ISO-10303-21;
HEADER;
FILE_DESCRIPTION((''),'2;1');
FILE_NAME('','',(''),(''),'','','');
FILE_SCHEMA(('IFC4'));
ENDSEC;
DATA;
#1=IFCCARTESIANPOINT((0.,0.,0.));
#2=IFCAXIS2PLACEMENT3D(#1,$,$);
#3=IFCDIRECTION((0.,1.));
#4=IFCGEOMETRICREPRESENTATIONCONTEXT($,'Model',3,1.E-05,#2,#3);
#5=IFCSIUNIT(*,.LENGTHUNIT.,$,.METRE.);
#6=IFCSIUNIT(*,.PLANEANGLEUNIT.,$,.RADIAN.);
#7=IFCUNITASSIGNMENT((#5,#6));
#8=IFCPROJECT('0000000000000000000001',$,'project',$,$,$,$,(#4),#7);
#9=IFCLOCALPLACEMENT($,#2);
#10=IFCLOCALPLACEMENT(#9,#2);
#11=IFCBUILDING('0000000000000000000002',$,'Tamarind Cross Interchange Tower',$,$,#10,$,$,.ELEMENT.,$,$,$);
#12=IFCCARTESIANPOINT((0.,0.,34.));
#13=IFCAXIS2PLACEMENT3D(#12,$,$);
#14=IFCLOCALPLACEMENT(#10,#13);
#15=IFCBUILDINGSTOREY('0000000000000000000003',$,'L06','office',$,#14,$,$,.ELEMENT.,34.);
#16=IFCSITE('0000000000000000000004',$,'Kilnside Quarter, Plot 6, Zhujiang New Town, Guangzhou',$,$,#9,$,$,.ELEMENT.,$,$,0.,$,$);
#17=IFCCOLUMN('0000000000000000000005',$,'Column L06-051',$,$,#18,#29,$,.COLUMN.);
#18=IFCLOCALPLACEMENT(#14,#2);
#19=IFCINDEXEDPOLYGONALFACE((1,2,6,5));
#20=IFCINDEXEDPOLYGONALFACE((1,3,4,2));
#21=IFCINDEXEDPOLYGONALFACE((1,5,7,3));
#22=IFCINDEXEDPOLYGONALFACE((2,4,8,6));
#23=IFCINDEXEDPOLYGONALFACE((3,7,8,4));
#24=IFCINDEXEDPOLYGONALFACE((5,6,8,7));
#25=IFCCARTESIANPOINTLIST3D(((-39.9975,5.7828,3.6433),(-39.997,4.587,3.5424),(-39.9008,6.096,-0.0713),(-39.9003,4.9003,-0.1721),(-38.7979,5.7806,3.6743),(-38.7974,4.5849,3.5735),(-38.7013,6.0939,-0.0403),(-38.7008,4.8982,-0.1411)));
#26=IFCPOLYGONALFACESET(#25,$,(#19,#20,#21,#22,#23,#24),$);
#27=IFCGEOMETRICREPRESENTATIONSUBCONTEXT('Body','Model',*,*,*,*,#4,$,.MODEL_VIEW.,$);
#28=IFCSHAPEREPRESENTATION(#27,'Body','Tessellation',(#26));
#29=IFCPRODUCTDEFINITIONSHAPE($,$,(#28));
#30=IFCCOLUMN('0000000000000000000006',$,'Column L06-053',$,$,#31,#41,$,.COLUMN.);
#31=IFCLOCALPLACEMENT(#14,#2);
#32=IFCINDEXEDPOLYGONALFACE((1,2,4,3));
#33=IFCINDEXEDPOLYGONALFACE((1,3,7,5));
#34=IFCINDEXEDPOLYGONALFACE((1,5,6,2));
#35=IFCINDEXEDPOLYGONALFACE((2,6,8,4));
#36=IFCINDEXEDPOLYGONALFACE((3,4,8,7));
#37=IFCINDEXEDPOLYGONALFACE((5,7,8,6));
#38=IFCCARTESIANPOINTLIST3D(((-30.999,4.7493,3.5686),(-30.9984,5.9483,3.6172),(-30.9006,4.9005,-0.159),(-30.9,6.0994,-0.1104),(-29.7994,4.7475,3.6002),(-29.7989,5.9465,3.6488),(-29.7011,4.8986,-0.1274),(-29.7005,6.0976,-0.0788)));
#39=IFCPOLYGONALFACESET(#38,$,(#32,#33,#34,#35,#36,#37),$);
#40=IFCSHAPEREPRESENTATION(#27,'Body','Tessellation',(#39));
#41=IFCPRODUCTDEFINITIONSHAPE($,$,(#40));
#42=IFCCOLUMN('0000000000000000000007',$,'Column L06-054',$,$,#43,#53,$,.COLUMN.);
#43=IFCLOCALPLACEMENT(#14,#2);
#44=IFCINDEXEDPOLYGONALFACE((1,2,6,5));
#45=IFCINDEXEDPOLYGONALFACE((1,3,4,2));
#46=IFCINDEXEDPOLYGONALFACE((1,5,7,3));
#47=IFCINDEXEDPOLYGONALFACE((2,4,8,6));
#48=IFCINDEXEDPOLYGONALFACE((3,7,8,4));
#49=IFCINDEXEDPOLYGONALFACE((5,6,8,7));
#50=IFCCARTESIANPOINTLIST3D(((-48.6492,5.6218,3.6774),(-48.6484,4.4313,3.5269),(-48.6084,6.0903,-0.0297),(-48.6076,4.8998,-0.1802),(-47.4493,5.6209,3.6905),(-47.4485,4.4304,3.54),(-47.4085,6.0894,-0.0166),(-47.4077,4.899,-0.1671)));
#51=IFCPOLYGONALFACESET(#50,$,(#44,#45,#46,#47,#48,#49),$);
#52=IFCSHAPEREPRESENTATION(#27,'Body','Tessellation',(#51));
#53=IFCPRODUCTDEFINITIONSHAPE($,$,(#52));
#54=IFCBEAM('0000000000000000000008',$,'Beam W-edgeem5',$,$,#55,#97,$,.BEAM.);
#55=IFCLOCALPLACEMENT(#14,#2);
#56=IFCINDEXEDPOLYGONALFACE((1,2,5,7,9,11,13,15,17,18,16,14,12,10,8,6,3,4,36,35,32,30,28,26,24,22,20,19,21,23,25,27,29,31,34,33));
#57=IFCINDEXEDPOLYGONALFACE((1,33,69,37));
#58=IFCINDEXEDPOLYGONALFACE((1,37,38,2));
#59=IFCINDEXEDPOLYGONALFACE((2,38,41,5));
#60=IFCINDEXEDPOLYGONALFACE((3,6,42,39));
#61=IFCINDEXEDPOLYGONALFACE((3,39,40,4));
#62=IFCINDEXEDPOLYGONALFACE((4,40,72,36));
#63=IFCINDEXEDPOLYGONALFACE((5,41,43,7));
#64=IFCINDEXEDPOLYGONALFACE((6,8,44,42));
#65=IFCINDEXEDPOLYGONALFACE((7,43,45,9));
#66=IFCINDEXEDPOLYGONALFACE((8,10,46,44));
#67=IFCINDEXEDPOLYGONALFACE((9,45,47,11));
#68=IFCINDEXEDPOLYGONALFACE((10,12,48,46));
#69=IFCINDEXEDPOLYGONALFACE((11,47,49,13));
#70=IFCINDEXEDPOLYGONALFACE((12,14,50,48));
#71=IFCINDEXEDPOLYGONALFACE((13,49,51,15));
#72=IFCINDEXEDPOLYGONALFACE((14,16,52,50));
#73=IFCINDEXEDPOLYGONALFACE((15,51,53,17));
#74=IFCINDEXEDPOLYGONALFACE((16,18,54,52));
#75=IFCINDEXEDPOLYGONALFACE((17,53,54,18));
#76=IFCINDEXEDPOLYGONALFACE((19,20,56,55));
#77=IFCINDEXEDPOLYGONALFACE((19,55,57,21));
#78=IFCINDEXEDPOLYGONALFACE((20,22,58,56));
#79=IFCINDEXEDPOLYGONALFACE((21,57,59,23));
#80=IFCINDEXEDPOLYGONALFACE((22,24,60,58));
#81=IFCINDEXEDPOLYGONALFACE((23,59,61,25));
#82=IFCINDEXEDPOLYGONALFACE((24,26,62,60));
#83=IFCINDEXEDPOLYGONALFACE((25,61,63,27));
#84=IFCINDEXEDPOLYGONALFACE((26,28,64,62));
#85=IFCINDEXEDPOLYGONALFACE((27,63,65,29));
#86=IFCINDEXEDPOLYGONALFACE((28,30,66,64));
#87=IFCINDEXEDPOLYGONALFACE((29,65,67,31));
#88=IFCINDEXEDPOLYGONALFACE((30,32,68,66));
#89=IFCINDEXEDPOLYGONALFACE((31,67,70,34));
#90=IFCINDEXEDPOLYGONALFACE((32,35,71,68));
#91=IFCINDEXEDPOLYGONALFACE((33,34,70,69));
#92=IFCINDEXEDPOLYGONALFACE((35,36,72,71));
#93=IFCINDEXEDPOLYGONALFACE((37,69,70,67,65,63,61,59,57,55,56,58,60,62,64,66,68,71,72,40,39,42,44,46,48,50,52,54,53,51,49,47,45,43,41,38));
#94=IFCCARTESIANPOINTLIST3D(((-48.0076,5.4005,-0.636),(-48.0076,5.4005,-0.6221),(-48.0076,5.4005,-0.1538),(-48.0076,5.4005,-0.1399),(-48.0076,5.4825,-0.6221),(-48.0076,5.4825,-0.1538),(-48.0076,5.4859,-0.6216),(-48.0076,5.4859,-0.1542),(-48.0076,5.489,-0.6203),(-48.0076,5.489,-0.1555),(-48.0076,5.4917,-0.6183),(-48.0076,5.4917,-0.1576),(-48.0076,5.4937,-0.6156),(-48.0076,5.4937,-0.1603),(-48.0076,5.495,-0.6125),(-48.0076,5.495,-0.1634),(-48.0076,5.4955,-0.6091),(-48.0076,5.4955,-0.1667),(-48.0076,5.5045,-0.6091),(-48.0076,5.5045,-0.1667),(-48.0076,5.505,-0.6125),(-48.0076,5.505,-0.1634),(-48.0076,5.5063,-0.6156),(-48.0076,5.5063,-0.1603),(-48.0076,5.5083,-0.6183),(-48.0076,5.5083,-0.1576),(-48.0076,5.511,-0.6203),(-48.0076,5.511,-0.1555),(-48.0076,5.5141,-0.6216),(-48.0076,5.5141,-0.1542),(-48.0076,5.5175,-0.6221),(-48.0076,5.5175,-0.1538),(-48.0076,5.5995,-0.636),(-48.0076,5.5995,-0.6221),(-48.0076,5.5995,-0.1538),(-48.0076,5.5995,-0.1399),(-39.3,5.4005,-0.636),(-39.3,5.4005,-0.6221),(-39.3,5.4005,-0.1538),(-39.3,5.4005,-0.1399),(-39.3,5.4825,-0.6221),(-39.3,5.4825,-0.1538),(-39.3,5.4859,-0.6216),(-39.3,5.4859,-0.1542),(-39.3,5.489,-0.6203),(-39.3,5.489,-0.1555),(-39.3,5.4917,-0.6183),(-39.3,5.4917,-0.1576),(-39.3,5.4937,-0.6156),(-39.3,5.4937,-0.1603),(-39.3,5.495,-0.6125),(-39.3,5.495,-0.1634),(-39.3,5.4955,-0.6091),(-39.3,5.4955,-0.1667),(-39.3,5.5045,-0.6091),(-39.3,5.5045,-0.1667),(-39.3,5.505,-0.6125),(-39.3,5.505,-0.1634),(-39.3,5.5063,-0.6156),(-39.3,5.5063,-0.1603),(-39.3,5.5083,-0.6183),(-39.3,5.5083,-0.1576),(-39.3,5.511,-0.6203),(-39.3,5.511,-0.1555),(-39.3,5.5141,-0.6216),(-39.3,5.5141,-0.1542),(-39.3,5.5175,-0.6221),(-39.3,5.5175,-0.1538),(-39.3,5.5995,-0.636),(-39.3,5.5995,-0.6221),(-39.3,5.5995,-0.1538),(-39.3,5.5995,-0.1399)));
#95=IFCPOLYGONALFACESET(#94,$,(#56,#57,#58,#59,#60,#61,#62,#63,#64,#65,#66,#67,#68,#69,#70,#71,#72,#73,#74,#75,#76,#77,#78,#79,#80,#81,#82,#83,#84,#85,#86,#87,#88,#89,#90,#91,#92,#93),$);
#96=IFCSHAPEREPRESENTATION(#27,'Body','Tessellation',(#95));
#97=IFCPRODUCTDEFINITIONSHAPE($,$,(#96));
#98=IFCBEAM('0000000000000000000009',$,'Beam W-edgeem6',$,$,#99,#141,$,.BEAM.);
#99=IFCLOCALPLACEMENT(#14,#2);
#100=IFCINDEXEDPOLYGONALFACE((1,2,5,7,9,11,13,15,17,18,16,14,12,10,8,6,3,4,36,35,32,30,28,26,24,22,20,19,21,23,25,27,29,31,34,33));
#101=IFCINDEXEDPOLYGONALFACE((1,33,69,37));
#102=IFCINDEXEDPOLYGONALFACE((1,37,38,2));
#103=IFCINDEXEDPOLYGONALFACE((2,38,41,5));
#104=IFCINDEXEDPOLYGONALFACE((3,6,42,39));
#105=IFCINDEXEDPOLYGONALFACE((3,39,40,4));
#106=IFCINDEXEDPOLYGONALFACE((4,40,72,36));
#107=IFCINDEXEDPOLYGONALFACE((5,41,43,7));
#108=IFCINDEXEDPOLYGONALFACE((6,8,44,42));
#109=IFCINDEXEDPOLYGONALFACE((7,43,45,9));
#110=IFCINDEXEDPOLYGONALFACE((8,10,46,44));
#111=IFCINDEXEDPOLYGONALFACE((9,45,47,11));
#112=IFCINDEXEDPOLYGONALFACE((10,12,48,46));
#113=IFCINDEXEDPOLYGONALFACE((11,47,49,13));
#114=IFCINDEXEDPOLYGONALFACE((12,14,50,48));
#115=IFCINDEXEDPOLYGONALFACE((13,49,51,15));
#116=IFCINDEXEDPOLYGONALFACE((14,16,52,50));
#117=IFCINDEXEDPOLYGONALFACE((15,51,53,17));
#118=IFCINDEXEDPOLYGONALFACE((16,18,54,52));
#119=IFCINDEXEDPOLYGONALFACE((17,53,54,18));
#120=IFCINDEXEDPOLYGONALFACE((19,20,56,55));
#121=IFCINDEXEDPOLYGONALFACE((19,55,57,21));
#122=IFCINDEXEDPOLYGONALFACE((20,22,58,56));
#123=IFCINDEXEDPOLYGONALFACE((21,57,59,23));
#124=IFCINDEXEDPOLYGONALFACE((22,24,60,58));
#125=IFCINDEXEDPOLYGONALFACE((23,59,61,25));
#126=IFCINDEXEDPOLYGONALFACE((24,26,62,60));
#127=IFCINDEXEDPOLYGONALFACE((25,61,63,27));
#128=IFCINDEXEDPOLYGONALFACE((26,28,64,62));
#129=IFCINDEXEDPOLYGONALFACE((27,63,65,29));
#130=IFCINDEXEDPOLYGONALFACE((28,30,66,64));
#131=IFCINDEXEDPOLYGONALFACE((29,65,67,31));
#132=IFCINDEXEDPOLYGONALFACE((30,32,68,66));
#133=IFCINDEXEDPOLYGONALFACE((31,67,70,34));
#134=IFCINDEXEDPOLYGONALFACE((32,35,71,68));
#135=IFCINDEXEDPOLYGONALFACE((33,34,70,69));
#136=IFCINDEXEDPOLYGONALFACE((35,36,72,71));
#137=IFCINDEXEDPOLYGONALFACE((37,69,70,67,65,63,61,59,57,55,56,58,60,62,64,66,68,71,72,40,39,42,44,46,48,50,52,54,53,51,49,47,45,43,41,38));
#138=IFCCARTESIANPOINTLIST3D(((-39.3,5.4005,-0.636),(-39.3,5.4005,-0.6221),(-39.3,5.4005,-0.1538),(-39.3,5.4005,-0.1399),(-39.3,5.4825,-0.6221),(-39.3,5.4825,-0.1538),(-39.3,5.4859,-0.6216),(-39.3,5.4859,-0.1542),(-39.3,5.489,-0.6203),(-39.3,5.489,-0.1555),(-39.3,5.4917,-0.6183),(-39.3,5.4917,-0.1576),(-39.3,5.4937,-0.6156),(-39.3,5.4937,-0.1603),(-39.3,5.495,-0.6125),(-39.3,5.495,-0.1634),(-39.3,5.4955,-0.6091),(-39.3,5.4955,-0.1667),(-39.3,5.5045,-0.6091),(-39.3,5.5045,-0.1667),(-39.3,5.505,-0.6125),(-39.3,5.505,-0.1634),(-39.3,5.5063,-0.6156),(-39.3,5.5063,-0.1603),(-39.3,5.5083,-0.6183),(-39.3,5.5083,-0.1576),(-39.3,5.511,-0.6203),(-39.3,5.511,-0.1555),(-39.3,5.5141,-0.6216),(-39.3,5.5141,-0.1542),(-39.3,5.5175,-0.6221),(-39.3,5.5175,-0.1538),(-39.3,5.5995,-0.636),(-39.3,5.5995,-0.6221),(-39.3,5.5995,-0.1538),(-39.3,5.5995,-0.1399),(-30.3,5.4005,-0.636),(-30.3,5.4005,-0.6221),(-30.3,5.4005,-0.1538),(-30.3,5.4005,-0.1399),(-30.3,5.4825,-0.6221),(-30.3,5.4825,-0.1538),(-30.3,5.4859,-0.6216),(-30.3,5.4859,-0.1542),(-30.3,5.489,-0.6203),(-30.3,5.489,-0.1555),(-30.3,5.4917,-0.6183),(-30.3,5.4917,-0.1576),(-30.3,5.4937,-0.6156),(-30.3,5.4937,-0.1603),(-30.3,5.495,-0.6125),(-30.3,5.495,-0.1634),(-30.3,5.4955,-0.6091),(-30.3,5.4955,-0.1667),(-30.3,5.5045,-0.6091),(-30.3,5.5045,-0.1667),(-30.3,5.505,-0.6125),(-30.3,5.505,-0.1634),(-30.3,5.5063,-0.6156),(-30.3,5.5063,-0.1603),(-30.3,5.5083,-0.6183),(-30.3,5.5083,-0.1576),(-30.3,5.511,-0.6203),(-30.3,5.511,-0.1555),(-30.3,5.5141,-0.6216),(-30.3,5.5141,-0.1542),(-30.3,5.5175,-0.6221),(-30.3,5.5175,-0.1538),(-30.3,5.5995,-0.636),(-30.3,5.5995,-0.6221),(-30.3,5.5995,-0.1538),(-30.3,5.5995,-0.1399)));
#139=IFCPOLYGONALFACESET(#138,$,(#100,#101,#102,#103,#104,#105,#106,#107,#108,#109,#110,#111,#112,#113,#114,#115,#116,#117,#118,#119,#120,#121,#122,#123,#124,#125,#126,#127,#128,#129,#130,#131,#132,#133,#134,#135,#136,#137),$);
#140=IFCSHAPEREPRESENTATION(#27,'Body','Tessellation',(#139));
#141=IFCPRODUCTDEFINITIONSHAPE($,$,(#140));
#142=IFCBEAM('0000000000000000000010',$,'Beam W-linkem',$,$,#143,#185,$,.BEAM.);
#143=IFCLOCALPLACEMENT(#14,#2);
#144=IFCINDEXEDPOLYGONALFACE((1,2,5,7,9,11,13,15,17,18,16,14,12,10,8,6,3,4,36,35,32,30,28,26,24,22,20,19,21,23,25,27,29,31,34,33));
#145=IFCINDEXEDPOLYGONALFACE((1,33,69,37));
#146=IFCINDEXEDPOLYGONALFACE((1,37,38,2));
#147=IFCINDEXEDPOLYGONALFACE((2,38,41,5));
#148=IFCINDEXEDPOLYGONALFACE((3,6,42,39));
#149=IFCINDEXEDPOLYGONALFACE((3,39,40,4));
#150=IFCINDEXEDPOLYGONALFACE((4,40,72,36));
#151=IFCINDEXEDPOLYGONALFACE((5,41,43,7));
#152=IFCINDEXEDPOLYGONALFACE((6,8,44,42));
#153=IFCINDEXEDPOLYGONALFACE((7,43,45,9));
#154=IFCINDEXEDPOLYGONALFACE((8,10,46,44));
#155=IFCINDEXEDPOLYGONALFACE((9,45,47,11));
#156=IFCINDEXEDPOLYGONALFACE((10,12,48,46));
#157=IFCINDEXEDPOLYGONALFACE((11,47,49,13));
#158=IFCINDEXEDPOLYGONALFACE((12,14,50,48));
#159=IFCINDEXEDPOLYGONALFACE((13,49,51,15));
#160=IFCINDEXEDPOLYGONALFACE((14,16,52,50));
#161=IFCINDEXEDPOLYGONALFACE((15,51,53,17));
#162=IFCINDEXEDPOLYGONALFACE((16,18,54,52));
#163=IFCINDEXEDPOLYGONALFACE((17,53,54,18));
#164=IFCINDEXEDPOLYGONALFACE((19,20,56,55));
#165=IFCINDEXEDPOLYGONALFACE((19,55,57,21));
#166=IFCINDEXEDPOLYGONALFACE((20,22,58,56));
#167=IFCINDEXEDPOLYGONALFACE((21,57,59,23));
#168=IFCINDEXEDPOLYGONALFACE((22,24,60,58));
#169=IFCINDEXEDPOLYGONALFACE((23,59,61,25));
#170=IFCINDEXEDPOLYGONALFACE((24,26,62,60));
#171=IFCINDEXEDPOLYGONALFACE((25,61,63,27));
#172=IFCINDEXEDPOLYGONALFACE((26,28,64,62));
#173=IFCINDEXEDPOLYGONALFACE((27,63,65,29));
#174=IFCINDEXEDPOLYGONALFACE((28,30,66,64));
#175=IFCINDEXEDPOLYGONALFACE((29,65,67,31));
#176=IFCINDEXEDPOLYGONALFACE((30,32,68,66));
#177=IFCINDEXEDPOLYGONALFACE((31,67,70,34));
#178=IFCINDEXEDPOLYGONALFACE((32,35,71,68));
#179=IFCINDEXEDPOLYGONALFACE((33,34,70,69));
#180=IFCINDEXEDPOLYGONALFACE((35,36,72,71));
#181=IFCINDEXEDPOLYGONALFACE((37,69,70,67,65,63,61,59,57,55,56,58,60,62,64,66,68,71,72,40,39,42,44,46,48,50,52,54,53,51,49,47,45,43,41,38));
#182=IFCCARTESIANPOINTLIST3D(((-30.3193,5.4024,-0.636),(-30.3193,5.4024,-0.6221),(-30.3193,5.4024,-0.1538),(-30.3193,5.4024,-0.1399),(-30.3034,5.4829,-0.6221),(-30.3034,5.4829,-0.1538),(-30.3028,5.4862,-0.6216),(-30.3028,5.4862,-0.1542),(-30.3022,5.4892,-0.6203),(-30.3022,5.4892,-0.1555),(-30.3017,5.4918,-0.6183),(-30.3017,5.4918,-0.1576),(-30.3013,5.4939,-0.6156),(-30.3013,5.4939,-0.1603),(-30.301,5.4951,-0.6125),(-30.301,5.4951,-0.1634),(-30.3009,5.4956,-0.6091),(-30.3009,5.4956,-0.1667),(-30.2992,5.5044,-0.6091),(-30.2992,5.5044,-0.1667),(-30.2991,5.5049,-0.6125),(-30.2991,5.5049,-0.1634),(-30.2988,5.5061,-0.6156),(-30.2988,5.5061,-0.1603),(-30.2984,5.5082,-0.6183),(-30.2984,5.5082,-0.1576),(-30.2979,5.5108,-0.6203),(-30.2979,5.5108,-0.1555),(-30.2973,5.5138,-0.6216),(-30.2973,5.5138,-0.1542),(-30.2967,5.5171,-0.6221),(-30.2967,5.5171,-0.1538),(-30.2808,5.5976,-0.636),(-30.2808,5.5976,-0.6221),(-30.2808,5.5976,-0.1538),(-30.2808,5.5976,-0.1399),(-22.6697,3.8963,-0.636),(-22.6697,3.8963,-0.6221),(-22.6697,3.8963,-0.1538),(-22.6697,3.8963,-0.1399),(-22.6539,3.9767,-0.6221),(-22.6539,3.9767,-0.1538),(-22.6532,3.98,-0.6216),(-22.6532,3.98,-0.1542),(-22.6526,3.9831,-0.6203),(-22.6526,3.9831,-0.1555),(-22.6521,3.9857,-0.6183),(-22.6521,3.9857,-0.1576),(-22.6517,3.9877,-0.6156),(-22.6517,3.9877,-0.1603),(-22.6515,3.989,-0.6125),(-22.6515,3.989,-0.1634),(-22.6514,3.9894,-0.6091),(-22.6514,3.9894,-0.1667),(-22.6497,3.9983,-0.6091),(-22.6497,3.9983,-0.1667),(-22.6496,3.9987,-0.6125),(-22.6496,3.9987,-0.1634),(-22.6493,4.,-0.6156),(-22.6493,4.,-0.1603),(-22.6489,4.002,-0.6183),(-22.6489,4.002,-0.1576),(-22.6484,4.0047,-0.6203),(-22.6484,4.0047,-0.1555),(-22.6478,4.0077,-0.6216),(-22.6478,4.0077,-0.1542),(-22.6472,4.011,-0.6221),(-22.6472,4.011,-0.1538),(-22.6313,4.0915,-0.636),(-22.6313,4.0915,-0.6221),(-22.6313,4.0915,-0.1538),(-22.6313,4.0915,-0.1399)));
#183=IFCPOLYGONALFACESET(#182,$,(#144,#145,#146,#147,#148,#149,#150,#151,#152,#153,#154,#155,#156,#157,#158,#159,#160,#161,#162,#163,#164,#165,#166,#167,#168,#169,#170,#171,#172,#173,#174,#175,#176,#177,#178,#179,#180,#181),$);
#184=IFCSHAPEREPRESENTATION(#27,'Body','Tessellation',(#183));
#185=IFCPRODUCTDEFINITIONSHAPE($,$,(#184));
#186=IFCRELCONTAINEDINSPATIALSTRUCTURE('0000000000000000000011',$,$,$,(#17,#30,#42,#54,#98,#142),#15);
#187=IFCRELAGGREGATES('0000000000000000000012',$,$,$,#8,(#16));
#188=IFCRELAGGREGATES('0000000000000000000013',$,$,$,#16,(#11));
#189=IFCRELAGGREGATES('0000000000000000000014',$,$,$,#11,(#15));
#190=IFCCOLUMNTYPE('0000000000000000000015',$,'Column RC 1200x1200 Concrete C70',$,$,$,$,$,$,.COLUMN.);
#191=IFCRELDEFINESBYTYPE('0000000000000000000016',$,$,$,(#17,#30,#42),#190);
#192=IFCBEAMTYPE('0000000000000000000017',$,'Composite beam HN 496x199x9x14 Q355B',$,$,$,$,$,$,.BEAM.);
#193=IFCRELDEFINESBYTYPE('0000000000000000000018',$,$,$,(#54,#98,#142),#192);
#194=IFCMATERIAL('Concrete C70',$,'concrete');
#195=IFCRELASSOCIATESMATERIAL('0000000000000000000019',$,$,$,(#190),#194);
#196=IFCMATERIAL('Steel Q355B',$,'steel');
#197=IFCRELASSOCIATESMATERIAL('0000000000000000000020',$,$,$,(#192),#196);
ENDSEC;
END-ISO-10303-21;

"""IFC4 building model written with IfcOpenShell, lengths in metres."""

from ifc_helpers import new_model, si_unit, direction, frame, origin, origin_2d, place, context, subcontext, project, spatial, rectangle, i_section, extrude, material, material_profile, profile_set, type_object, element, save


model = new_model("IFC4")

# Units and contexts
model_context = context("Model", 3, precision=1e-05, world=origin(), true_north=direction((0.0, 1.0)))
body_context = subcontext(model_context, "Body", "Model", "MODEL_VIEW")
ifc_project = project(units=[si_unit("LENGTHUNIT", "METRE"), si_unit("PLANEANGLEUNIT", "RADIAN")], contexts=[model_context])

# Site, building, storey
site_placement = place(None, origin())
site = spatial("IfcSite", under=ifc_project, at=site_placement, Name="Kilnside Quarter, Plot 6, Zhujiang New Town, Guangzhou", CompositionType="ELEMENT", RefElevation=0.0)
building_placement = place(site_placement, origin())
building = spatial("IfcBuilding", under=site, at=building_placement, Name="Tamarind Cross Interchange Tower", CompositionType="ELEMENT")
storey_placement = place(building_placement, frame((0.0, 0.0, 34.0)))
storey = spatial("IfcBuildingStorey", under=building, at=storey_placement, Name="L06", Description="office", CompositionType="ELEMENT", Elevation=34.0)

# Columns
ifc_material_1 = material(Name="Concrete C70", Category="concrete")
ifc_material_profile_1 = material_profile(ifc_material_1, rectangle(XDim=1.2, YDim=1.2, at=origin_2d()), Name="RC 1200x1200")
ifc_profile_set_1 = profile_set([ifc_material_profile_1], Name="Concrete C70")
column_type = type_object("IfcColumnType", Name="Column RC 1200x1200 Concrete C70", PredefinedType="COLUMN", material=ifc_profile_set_1)
column_1_placement = place(storey_placement, frame((-39.3008, 5.4971, -0.1062), z_axis=(-0.025926, -0.083998, 0.996129), x_axis=(0.999664, -0.001767, 0.025869)))
element("IfcColumn", 1, at=column_1_placement, inside=storey, type_object=column_type, Name="Column L06-051", PredefinedType="COLUMN", context=body_context, shape_type="SweptSolid", body=[
    extrude(rectangle(XDim=1.2, YDim=1.2, at=origin_2d()), origin(), (0.0, 0.0, 1.0), 3.729),
])
column_2_placement = place(storey_placement, frame((-30.3005, 5.499, -0.1189), z_axis=(-0.026364, -0.040495, 0.998832), x_axis=(0.999652, -0.001547, 0.026323)))
element("IfcColumn", 2, at=column_2_placement, inside=storey, type_object=column_type, Name="Column L06-053", PredefinedType="COLUMN", context=body_context, shape_type="SweptSolid", body=[
    extrude(rectangle(XDim=1.2, YDim=1.2, at=origin_2d()), origin(), (0.0, 0.0, 1.0), 3.7319),
])
column_3_placement = place(storey_placement, frame((-48.0081, 5.4946, -0.0984), z_axis=(-0.010911, -0.125378, 0.992049), x_axis=(0.99994, -0.000709, 0.010908)))
element("IfcColumn", 3, at=column_3_placement, inside=storey, type_object=column_type, Name="Column L06-054", PredefinedType="COLUMN", context=body_context, shape_type="SweptSolid", body=[
    extrude(rectangle(XDim=1.2, YDim=1.2, at=origin_2d()), origin(), (0.0, 0.0, 1.0), 3.7368),
])

# Beams
ifc_material_2 = material(Name="Steel Q355B", Category="steel")
ifc_material_profile_2 = material_profile(ifc_material_2, i_section(OverallWidth=0.199, OverallDepth=0.4961, WebThickness=0.009, FlangeThickness=0.0139, FilletRadius=0.0129, at=origin_2d()), Name="HN 496x199x9x14")
ifc_profile_set_2 = profile_set([ifc_material_profile_2], Name="Steel Q355B")
beam_type_1 = type_object("IfcBeamType", Name="Composite beam HN 496x199x9x14 Q355B", PredefinedType="BEAM", material=ifc_profile_set_2)
beam_1_placement = place(storey_placement, frame((-48.0076, 5.5, -0.3879), z_axis=(1.0, 0.0, 0.0), x_axis=(0.0, 1.0, 0.0)))
element("IfcBeam", 4, at=beam_1_placement, inside=storey, type_object=beam_type_1, Name="Beam W-edgeem5", PredefinedType="BEAM", context=body_context, shape_type="SweptSolid", body=[
    extrude(i_section(OverallWidth=0.199, OverallDepth=0.4961, WebThickness=0.009, FlangeThickness=0.0139, FilletRadius=0.0129, at=origin_2d()), origin(), (0.0, 0.0, 1.0), 8.7075),
])
beam_2_placement = place(storey_placement, frame((-39.3, 5.5, -0.3879), z_axis=(1.0, 0.0, 0.0), x_axis=(0.0, 1.0, 0.0)))
element("IfcBeam", 5, at=beam_2_placement, inside=storey, type_object=beam_type_1, Name="Beam W-edgeem6", PredefinedType="BEAM", context=body_context, shape_type="SweptSolid", body=[
    extrude(i_section(OverallWidth=0.199, OverallDepth=0.4961, WebThickness=0.009, FlangeThickness=0.0139, FilletRadius=0.0129, at=origin_2d()), origin(), (0.0, 0.0, 1.0), 9.0),
])
beam_3_placement = place(storey_placement, frame((-30.3, 5.5, -0.3879), z_axis=(0.981163, -0.193182, 0.0), x_axis=(0.193182, 0.981163, 0.0)))
element("IfcBeam", 6, at=beam_3_placement, inside=storey, type_object=beam_type_1, Name="Beam W-linkem", PredefinedType="BEAM", context=body_context, shape_type="SweptSolid", body=[
    extrude(i_section(OverallWidth=0.199, OverallDepth=0.4961, WebThickness=0.009, FlangeThickness=0.0139, FilletRadius=0.0129, at=origin_2d()), origin(), (0.0, 0.0, 1.0), 7.7964),
])

save(model, "model.ifc")
